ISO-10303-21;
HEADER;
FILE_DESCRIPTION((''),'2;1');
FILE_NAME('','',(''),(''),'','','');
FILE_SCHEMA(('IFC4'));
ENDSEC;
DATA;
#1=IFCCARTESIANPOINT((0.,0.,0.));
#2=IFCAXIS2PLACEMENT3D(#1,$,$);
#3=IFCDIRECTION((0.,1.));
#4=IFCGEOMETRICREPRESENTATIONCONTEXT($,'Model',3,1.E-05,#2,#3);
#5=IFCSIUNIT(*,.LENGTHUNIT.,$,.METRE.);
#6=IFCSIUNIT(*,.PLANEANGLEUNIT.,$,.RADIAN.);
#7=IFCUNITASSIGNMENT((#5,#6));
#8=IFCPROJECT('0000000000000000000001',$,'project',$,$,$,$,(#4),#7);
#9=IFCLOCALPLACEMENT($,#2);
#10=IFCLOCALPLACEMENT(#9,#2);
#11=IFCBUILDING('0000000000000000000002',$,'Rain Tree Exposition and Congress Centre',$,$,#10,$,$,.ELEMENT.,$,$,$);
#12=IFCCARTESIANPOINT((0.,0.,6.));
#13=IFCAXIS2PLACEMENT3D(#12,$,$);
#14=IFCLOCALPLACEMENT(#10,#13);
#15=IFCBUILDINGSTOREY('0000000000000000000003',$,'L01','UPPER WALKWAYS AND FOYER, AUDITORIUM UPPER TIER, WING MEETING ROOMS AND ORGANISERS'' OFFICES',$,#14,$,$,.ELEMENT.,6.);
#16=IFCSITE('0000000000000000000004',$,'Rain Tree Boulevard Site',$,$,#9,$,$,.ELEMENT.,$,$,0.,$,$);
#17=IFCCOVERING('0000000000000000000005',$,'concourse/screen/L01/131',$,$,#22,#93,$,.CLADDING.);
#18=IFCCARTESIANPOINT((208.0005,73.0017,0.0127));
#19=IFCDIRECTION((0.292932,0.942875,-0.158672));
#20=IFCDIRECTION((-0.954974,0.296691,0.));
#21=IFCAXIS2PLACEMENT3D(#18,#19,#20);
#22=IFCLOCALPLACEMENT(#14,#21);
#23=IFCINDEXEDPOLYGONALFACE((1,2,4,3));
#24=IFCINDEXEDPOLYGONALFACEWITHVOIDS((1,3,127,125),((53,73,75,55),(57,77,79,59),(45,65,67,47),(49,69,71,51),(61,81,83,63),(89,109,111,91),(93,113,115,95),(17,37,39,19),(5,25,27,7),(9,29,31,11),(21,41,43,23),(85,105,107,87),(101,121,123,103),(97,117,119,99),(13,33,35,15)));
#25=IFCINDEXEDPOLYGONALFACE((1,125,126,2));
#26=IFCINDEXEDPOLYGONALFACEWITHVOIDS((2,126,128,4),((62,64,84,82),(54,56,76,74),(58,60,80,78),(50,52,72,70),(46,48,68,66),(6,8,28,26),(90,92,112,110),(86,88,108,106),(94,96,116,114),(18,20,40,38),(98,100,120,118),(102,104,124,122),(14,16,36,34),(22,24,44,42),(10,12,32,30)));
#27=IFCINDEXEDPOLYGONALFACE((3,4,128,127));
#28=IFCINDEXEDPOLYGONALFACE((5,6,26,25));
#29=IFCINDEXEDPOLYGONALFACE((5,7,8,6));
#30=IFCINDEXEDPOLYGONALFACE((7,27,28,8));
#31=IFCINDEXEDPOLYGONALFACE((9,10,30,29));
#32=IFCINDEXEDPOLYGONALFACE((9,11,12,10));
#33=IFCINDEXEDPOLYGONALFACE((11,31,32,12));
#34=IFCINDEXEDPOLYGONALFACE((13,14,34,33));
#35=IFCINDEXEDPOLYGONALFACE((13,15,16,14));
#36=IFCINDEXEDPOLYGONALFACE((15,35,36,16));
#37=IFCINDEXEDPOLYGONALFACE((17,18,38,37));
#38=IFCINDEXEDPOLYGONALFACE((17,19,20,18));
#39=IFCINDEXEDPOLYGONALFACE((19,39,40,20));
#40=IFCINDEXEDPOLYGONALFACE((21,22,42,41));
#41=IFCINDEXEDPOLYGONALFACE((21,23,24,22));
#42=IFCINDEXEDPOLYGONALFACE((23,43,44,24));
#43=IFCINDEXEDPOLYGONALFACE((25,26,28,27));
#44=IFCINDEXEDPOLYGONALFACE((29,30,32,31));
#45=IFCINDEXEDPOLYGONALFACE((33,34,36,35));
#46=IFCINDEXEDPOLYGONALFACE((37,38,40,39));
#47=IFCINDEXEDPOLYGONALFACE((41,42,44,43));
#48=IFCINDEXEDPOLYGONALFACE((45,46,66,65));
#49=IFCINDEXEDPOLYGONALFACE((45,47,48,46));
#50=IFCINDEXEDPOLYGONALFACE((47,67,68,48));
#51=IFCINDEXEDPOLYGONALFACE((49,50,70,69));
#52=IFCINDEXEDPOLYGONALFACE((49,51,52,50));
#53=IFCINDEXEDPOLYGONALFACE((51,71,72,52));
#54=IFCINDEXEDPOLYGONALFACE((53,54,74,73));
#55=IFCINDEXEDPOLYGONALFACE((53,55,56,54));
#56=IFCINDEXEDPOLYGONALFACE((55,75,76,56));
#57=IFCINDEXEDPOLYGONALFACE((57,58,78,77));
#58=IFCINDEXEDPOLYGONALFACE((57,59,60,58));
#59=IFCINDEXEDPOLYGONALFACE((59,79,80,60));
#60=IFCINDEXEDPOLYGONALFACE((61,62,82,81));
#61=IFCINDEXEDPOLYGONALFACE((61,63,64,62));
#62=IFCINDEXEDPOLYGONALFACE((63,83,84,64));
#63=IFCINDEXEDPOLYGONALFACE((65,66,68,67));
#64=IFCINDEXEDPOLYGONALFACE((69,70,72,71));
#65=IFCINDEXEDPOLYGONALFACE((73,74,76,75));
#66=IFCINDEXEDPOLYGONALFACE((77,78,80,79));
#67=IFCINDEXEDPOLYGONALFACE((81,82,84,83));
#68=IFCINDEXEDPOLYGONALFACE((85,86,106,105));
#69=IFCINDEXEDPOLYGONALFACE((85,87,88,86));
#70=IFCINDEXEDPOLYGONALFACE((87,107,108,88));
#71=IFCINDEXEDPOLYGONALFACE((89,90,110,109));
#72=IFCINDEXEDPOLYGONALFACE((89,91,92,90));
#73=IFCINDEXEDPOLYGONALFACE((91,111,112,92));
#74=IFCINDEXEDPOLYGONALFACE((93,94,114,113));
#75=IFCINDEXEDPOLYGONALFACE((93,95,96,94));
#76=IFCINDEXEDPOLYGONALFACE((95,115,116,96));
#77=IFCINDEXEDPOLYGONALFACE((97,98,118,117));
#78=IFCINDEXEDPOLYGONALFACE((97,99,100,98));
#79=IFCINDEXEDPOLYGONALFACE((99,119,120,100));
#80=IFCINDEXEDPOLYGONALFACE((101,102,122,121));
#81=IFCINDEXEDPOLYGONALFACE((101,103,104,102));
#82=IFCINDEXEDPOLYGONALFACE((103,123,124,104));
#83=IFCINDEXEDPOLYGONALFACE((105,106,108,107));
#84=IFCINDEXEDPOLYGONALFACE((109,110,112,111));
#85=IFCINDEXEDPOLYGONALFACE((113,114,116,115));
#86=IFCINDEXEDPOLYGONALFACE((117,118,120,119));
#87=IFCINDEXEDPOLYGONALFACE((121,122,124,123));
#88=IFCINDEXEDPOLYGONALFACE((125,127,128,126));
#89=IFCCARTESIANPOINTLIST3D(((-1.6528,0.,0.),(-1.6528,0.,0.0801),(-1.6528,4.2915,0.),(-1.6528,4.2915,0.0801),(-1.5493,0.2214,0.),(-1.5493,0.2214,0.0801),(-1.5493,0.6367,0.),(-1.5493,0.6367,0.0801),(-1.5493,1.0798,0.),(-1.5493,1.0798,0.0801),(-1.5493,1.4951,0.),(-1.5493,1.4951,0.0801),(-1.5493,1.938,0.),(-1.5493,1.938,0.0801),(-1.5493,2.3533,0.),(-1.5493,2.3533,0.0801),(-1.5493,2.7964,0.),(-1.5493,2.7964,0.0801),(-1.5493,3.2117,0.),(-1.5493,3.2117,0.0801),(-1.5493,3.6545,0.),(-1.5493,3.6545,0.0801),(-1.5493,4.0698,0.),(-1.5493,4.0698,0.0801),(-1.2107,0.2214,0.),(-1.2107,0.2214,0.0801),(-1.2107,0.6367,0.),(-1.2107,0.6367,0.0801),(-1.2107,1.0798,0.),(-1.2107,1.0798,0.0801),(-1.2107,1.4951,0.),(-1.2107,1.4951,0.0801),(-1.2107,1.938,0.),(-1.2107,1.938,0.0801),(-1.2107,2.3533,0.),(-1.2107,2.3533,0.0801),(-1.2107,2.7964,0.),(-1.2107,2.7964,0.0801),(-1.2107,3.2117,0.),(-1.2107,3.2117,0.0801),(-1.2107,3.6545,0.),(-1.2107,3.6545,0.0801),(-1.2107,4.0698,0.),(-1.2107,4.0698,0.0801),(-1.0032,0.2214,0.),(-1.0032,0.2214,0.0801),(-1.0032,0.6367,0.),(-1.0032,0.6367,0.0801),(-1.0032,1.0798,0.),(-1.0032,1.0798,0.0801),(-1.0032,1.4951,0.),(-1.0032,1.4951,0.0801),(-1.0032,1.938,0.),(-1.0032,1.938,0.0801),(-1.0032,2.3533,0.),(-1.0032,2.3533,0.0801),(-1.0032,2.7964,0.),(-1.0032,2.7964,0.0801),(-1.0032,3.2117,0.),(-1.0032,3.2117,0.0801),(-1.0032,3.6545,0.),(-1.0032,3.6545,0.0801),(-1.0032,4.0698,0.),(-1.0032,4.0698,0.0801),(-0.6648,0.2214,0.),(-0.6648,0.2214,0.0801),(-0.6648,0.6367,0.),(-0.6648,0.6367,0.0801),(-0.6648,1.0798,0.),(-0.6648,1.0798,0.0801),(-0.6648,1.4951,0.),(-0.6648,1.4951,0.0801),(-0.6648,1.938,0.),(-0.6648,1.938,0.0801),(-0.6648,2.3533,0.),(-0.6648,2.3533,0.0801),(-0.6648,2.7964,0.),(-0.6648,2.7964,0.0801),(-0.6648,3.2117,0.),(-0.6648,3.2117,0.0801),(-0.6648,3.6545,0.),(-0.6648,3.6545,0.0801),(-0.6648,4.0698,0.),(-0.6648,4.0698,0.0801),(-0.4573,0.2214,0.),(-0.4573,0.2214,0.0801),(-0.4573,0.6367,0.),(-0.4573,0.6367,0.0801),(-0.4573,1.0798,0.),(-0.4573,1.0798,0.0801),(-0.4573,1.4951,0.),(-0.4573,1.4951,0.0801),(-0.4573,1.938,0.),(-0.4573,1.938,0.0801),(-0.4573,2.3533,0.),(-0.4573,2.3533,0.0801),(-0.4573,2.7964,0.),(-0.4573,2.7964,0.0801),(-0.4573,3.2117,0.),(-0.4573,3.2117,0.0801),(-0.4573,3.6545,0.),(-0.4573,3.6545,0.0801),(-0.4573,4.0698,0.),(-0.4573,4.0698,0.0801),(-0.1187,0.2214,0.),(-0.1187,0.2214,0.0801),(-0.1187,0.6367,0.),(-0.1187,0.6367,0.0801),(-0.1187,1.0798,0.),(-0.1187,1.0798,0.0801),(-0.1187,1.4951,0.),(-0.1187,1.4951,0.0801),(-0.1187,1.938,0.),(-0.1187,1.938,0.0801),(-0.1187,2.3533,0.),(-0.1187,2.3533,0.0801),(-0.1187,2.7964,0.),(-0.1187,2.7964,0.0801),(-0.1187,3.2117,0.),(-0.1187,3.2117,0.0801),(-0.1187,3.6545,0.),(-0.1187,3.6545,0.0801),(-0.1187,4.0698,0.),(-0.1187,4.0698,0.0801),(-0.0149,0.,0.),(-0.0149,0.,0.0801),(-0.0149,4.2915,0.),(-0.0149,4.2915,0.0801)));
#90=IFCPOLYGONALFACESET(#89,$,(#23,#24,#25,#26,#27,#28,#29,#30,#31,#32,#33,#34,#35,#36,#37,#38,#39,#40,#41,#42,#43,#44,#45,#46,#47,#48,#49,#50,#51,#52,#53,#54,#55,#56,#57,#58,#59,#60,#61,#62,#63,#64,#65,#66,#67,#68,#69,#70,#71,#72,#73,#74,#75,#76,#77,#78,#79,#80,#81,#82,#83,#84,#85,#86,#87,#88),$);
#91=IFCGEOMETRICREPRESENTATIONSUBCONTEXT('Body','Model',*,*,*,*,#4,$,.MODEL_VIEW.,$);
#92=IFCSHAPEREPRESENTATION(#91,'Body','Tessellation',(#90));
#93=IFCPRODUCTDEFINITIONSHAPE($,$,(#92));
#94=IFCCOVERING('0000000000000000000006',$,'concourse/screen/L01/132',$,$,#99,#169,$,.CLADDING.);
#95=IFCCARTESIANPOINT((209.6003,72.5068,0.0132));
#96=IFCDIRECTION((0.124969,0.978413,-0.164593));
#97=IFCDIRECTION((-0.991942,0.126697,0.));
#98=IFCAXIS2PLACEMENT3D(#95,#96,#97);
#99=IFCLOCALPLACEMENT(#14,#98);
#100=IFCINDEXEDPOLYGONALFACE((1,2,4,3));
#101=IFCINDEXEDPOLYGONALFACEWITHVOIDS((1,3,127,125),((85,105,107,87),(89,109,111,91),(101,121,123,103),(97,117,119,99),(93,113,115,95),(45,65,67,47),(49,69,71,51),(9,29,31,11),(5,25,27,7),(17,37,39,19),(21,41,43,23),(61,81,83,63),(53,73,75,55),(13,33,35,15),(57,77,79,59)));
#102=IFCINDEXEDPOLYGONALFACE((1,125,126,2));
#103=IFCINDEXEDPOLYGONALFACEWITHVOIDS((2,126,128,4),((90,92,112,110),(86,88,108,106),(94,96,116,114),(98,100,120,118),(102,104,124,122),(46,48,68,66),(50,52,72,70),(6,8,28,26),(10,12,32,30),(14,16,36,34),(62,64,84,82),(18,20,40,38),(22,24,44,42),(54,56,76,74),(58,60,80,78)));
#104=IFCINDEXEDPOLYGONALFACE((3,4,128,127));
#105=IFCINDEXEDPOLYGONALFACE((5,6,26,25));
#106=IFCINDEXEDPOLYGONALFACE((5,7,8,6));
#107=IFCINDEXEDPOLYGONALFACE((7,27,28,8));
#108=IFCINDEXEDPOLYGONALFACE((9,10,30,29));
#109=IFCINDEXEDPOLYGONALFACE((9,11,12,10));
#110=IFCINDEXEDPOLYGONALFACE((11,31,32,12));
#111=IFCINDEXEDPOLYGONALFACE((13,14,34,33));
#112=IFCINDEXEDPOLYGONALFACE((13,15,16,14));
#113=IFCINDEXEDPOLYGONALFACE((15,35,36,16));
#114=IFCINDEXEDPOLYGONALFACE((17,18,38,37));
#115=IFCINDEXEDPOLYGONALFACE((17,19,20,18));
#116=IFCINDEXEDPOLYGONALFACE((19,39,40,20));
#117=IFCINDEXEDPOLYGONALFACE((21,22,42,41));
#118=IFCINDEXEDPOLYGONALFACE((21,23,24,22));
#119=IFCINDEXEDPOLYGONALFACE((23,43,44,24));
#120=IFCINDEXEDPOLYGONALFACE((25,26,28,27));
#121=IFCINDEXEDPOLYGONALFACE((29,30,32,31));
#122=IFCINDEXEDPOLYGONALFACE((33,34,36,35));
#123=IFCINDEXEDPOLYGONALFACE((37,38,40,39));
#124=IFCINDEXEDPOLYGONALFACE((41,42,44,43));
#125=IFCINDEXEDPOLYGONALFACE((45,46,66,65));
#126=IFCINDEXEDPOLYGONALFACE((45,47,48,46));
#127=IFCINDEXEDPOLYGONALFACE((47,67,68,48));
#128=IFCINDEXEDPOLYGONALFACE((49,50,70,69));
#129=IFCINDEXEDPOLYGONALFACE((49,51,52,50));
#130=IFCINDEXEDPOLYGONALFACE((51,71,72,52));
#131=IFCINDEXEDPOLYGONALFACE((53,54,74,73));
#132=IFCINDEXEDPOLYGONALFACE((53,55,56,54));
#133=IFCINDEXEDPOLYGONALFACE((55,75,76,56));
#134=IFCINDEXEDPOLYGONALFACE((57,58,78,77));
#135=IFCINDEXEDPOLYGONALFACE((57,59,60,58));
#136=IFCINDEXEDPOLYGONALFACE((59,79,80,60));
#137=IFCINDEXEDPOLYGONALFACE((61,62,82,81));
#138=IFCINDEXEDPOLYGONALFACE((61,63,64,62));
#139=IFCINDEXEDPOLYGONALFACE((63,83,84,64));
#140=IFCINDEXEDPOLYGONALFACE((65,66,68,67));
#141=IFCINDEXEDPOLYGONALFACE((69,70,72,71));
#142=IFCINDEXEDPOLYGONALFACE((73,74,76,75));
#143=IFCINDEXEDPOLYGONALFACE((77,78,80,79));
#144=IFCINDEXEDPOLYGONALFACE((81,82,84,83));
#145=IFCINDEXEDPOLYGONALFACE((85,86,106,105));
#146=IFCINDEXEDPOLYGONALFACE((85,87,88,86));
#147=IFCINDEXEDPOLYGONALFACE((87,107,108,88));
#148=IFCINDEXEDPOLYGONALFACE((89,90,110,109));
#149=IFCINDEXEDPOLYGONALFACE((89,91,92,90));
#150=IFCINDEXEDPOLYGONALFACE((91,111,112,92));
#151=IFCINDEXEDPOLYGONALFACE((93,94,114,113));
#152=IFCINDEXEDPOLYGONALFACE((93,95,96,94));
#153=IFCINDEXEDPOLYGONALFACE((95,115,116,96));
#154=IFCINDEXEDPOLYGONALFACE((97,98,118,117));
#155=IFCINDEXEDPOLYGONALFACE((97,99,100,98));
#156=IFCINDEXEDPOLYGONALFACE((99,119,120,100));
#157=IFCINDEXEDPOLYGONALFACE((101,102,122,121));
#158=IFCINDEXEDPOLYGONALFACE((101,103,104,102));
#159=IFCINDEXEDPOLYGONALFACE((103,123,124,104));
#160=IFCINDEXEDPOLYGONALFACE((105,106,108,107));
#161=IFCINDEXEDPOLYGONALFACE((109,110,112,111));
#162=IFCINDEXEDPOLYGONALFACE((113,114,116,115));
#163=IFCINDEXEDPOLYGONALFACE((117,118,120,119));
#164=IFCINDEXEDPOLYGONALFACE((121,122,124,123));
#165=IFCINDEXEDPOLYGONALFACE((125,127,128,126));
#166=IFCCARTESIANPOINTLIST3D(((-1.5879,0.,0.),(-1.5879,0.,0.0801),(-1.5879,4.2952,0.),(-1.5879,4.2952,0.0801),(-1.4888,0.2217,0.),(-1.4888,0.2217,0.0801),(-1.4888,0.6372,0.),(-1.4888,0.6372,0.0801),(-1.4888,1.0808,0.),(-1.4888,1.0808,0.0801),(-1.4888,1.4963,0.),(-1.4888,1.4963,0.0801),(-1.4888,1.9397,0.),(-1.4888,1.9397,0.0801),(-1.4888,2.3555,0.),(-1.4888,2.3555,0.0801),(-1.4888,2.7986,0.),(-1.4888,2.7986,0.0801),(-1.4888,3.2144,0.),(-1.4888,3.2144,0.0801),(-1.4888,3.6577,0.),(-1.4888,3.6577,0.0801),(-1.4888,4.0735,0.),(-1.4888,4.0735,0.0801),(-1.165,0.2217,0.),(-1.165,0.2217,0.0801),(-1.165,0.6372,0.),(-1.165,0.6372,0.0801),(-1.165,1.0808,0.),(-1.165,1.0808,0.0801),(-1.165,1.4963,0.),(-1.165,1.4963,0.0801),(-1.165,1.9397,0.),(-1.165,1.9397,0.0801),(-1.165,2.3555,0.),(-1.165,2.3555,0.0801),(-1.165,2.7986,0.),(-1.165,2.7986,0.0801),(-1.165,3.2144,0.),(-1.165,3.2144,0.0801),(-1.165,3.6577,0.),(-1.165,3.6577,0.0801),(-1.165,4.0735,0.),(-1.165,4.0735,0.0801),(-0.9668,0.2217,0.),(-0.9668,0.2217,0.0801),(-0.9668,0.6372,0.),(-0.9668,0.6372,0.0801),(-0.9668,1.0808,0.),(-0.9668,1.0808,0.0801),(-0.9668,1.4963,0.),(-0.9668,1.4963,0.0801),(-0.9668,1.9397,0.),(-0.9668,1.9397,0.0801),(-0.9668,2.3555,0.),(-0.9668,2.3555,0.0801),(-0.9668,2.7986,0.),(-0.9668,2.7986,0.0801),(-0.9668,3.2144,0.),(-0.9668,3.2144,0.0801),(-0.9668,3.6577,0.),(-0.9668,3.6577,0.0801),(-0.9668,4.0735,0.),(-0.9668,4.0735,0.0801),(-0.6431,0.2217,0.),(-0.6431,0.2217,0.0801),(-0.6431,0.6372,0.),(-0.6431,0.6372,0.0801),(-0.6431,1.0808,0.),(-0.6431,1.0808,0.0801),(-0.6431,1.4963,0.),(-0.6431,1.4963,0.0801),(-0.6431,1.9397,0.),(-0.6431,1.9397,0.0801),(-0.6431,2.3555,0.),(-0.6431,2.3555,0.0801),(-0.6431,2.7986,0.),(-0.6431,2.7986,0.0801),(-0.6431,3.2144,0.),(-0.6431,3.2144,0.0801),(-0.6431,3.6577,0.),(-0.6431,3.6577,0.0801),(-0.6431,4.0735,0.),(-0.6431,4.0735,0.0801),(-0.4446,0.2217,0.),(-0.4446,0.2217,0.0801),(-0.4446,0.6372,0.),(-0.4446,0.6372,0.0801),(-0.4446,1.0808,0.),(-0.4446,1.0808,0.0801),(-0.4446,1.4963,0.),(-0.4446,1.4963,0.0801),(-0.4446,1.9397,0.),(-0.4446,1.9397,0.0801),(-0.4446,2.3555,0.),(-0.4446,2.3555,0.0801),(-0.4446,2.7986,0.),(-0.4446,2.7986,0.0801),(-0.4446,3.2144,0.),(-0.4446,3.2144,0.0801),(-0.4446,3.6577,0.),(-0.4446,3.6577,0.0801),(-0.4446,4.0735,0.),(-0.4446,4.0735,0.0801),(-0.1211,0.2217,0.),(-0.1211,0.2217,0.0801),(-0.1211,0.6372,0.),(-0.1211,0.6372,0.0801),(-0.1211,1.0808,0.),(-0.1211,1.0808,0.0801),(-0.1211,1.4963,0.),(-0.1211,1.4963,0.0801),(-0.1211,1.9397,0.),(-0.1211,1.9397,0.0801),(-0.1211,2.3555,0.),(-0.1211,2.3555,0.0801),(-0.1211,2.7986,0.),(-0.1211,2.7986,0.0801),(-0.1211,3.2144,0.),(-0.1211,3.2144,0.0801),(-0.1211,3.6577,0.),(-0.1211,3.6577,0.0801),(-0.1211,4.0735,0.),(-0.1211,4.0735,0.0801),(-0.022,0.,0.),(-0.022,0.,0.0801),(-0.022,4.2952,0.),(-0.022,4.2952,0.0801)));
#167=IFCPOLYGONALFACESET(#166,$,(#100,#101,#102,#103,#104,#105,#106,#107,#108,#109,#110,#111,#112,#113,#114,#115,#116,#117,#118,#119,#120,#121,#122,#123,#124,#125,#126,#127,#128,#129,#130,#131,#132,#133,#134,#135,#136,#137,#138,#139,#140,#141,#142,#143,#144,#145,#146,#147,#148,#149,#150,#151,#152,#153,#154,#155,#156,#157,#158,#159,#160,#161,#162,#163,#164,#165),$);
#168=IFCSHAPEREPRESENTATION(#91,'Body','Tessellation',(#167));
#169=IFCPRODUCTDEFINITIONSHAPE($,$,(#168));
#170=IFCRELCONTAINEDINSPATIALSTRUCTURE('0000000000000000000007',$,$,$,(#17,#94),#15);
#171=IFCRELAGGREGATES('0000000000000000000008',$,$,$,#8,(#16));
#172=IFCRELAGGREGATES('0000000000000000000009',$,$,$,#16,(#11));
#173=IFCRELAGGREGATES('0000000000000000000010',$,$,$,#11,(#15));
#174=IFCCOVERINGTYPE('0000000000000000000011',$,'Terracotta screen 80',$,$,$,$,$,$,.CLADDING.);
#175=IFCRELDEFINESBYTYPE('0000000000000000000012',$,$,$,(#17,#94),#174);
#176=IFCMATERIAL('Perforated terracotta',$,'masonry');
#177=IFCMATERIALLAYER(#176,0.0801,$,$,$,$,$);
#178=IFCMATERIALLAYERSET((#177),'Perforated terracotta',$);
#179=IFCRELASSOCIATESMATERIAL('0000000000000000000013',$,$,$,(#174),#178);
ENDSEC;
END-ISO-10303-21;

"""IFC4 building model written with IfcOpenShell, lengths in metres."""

from ifc_helpers import new_model, si_unit, direction, frame, origin, place, context, subcontext, project, spatial, polyline, outline, extrude, material, layer, layer_set, type_object, element, save


model = new_model("IFC4")

# Units and contexts
model_context = context("Model", 3, precision=1e-05, world=origin(), true_north=direction((0.0, 1.0)))
body_context = subcontext(model_context, "Body", "Model", "MODEL_VIEW")
ifc_project = project(units=[si_unit("LENGTHUNIT", "METRE"), si_unit("PLANEANGLEUNIT", "RADIAN")], contexts=[model_context])

# Site, building, storey
site_placement = place(None, origin())
site = spatial("IfcSite", under=ifc_project, at=site_placement, Name="Rain Tree Boulevard Site", CompositionType="ELEMENT", RefElevation=0.0)
building_placement = place(site_placement, origin())
building = spatial("IfcBuilding", under=site, at=building_placement, Name="Rain Tree Exposition and Congress Centre", CompositionType="ELEMENT")
storey_placement = place(building_placement, frame((0.0, 0.0, 6.0)))
storey = spatial("IfcBuildingStorey", under=building, at=storey_placement, Name="L01", Description="UPPER WALKWAYS AND FOYER, AUDITORIUM UPPER TIER, WING MEETING ROOMS AND ORGANISERS' OFFICES", CompositionType="ELEMENT", Elevation=6.0)

# Coverings
ifc_material_1 = material(Name="Perforated terracotta", Category="masonry")
ifc_layer_1 = layer(ifc_material_1, 0.0801)
ifc_layer_set_1 = layer_set([ifc_layer_1], Name="Perforated terracotta")
covering_type = type_object("IfcCoveringType", Name="Terracotta screen 80", PredefinedType="CLADDING", material=ifc_layer_set_1)
covering_1_placement = place(storey_placement, frame((208.0005, 73.0017, 0.0127), z_axis=(0.292932, 0.942875, -0.158672), x_axis=(-0.954974, 0.296691, 0.0)))
element("IfcCovering", 1, at=covering_1_placement, inside=storey, type_object=covering_type, Name="concourse/screen/L01/131", PredefinedType="CLADDING", context=body_context, shape_type="SweptSolid", body=[
    extrude(outline(polyline([(-1.6528, 0.0), (-1.6528, 4.2915), (-0.0149, 4.2915), (-0.0149, 0.0), (-1.6528, 0.0)]), holes=[polyline([(-0.1187, 0.2214), (-0.1187, 0.6367), (-0.4573, 0.6367), (-0.4573, 0.2214), (-0.1187, 0.2214)]), polyline([(-0.1187, 1.0798), (-0.1187, 1.4951), (-0.4573, 1.4951), (-0.4573, 1.0798), (-0.1187, 1.0798)]), polyline([(-0.1187, 1.938), (-0.1187, 2.3533), (-0.4573, 2.3533), (-0.4573, 1.938), (-0.1187, 1.938)]), polyline([(-0.1187, 2.7964), (-0.1187, 3.2117), (-0.4573, 3.2117), (-0.4573, 2.7964), (-0.1187, 2.7964)]), polyline([(-0.1187, 3.6545), (-0.1187, 4.0698), (-0.4573, 4.0698), (-0.4573, 3.6545), (-0.1187, 3.6545)]), polyline([(-0.6648, 0.2214), (-0.6648, 0.6367), (-1.0032, 0.6367), (-1.0032, 0.2214), (-0.6648, 0.2214)]), polyline([(-0.6648, 1.0798), (-0.6648, 1.4951), (-1.0032, 1.4951), (-1.0032, 1.0798), (-0.6648, 1.0798)]), polyline([(-0.6648, 1.938), (-0.6648, 2.3533), (-1.0032, 2.3533), (-1.0032, 1.938), (-0.6648, 1.938)]), polyline([(-0.6648, 2.7964), (-0.6648, 3.2117), (-1.0032, 3.2117), (-1.0032, 2.7964), (-0.6648, 2.7964)]), polyline([(-0.6648, 3.6545), (-0.6648, 4.0698), (-1.0032, 4.0698), (-1.0032, 3.6545), (-0.6648, 3.6545)]), polyline([(-1.2107, 0.2214), (-1.2107, 0.6367), (-1.5493, 0.6367), (-1.5493, 0.2214), (-1.2107, 0.2214)]), polyline([(-1.2107, 1.0798), (-1.2107, 1.4951), (-1.5493, 1.4951), (-1.5493, 1.0798), (-1.2107, 1.0798)]), polyline([(-1.2107, 1.938), (-1.2107, 2.3533), (-1.5493, 2.3533), (-1.5493, 1.938), (-1.2107, 1.938)]), polyline([(-1.2107, 2.7964), (-1.2107, 3.2117), (-1.5493, 3.2117), (-1.5493, 2.7964), (-1.2107, 2.7964)]), polyline([(-1.2107, 3.6545), (-1.2107, 4.0698), (-1.5493, 4.0698), (-1.5493, 3.6545), (-1.2107, 3.6545)])]), origin(), (0.0, 0.0, 1.0), 0.0801),
])
covering_2_placement = place(storey_placement, frame((209.6003, 72.5068, 0.0132), z_axis=(0.124969, 0.978413, -0.164593), x_axis=(-0.991942, 0.126697, 0.0)))
element("IfcCovering", 2, at=covering_2_placement, inside=storey, type_object=covering_type, Name="concourse/screen/L01/132", PredefinedType="CLADDING", context=body_context, shape_type="SweptSolid", body=[
    extrude(outline(polyline([(-1.5879, 0.0), (-1.5879, 4.2952), (-0.022, 4.2952), (-0.022, 0.0), (-1.5879, 0.0)]), holes=[polyline([(-0.1211, 0.2217), (-0.1211, 0.6372), (-0.4446, 0.6372), (-0.4446, 0.2217), (-0.1211, 0.2217)]), polyline([(-0.1211, 1.0808), (-0.1211, 1.4963), (-0.4446, 1.4963), (-0.4446, 1.0808), (-0.1211, 1.0808)]), polyline([(-0.1211, 1.9397), (-0.1211, 2.3555), (-0.4446, 2.3555), (-0.4446, 1.9397), (-0.1211, 1.9397)]), polyline([(-0.1211, 2.7986), (-0.1211, 3.2144), (-0.4446, 3.2144), (-0.4446, 2.7986), (-0.1211, 2.7986)]), polyline([(-0.1211, 3.6577), (-0.1211, 4.0735), (-0.4446, 4.0735), (-0.4446, 3.6577), (-0.1211, 3.6577)]), polyline([(-0.6431, 0.2217), (-0.6431, 0.6372), (-0.9668, 0.6372), (-0.9668, 0.2217), (-0.6431, 0.2217)]), polyline([(-0.6431, 1.0808), (-0.6431, 1.4963), (-0.9668, 1.4963), (-0.9668, 1.0808), (-0.6431, 1.0808)]), polyline([(-0.6431, 1.9397), (-0.6431, 2.3555), (-0.9668, 2.3555), (-0.9668, 1.9397), (-0.6431, 1.9397)]), polyline([(-0.6431, 2.7986), (-0.6431, 3.2144), (-0.9668, 3.2144), (-0.9668, 2.7986), (-0.6431, 2.7986)]), polyline([(-0.6431, 3.6577), (-0.6431, 4.0735), (-0.9668, 4.0735), (-0.9668, 3.6577), (-0.6431, 3.6577)]), polyline([(-1.165, 0.2217), (-1.165, 0.6372), (-1.4888, 0.6372), (-1.4888, 0.2217), (-1.165, 0.2217)]), polyline([(-1.165, 1.0808), (-1.165, 1.4963), (-1.4888, 1.4963), (-1.4888, 1.0808), (-1.165, 1.0808)]), polyline([(-1.165, 1.9397), (-1.165, 2.3555), (-1.4888, 2.3555), (-1.4888, 1.9397), (-1.165, 1.9397)]), polyline([(-1.165, 2.7986), (-1.165, 3.2144), (-1.4888, 3.2144), (-1.4888, 2.7986), (-1.165, 2.7986)]), polyline([(-1.165, 3.6577), (-1.165, 4.0735), (-1.4888, 4.0735), (-1.4888, 3.6577), (-1.165, 3.6577)])]), origin(), (0.0, 0.0, 1.0), 0.0801),
])

save(model, "model.ifc")
